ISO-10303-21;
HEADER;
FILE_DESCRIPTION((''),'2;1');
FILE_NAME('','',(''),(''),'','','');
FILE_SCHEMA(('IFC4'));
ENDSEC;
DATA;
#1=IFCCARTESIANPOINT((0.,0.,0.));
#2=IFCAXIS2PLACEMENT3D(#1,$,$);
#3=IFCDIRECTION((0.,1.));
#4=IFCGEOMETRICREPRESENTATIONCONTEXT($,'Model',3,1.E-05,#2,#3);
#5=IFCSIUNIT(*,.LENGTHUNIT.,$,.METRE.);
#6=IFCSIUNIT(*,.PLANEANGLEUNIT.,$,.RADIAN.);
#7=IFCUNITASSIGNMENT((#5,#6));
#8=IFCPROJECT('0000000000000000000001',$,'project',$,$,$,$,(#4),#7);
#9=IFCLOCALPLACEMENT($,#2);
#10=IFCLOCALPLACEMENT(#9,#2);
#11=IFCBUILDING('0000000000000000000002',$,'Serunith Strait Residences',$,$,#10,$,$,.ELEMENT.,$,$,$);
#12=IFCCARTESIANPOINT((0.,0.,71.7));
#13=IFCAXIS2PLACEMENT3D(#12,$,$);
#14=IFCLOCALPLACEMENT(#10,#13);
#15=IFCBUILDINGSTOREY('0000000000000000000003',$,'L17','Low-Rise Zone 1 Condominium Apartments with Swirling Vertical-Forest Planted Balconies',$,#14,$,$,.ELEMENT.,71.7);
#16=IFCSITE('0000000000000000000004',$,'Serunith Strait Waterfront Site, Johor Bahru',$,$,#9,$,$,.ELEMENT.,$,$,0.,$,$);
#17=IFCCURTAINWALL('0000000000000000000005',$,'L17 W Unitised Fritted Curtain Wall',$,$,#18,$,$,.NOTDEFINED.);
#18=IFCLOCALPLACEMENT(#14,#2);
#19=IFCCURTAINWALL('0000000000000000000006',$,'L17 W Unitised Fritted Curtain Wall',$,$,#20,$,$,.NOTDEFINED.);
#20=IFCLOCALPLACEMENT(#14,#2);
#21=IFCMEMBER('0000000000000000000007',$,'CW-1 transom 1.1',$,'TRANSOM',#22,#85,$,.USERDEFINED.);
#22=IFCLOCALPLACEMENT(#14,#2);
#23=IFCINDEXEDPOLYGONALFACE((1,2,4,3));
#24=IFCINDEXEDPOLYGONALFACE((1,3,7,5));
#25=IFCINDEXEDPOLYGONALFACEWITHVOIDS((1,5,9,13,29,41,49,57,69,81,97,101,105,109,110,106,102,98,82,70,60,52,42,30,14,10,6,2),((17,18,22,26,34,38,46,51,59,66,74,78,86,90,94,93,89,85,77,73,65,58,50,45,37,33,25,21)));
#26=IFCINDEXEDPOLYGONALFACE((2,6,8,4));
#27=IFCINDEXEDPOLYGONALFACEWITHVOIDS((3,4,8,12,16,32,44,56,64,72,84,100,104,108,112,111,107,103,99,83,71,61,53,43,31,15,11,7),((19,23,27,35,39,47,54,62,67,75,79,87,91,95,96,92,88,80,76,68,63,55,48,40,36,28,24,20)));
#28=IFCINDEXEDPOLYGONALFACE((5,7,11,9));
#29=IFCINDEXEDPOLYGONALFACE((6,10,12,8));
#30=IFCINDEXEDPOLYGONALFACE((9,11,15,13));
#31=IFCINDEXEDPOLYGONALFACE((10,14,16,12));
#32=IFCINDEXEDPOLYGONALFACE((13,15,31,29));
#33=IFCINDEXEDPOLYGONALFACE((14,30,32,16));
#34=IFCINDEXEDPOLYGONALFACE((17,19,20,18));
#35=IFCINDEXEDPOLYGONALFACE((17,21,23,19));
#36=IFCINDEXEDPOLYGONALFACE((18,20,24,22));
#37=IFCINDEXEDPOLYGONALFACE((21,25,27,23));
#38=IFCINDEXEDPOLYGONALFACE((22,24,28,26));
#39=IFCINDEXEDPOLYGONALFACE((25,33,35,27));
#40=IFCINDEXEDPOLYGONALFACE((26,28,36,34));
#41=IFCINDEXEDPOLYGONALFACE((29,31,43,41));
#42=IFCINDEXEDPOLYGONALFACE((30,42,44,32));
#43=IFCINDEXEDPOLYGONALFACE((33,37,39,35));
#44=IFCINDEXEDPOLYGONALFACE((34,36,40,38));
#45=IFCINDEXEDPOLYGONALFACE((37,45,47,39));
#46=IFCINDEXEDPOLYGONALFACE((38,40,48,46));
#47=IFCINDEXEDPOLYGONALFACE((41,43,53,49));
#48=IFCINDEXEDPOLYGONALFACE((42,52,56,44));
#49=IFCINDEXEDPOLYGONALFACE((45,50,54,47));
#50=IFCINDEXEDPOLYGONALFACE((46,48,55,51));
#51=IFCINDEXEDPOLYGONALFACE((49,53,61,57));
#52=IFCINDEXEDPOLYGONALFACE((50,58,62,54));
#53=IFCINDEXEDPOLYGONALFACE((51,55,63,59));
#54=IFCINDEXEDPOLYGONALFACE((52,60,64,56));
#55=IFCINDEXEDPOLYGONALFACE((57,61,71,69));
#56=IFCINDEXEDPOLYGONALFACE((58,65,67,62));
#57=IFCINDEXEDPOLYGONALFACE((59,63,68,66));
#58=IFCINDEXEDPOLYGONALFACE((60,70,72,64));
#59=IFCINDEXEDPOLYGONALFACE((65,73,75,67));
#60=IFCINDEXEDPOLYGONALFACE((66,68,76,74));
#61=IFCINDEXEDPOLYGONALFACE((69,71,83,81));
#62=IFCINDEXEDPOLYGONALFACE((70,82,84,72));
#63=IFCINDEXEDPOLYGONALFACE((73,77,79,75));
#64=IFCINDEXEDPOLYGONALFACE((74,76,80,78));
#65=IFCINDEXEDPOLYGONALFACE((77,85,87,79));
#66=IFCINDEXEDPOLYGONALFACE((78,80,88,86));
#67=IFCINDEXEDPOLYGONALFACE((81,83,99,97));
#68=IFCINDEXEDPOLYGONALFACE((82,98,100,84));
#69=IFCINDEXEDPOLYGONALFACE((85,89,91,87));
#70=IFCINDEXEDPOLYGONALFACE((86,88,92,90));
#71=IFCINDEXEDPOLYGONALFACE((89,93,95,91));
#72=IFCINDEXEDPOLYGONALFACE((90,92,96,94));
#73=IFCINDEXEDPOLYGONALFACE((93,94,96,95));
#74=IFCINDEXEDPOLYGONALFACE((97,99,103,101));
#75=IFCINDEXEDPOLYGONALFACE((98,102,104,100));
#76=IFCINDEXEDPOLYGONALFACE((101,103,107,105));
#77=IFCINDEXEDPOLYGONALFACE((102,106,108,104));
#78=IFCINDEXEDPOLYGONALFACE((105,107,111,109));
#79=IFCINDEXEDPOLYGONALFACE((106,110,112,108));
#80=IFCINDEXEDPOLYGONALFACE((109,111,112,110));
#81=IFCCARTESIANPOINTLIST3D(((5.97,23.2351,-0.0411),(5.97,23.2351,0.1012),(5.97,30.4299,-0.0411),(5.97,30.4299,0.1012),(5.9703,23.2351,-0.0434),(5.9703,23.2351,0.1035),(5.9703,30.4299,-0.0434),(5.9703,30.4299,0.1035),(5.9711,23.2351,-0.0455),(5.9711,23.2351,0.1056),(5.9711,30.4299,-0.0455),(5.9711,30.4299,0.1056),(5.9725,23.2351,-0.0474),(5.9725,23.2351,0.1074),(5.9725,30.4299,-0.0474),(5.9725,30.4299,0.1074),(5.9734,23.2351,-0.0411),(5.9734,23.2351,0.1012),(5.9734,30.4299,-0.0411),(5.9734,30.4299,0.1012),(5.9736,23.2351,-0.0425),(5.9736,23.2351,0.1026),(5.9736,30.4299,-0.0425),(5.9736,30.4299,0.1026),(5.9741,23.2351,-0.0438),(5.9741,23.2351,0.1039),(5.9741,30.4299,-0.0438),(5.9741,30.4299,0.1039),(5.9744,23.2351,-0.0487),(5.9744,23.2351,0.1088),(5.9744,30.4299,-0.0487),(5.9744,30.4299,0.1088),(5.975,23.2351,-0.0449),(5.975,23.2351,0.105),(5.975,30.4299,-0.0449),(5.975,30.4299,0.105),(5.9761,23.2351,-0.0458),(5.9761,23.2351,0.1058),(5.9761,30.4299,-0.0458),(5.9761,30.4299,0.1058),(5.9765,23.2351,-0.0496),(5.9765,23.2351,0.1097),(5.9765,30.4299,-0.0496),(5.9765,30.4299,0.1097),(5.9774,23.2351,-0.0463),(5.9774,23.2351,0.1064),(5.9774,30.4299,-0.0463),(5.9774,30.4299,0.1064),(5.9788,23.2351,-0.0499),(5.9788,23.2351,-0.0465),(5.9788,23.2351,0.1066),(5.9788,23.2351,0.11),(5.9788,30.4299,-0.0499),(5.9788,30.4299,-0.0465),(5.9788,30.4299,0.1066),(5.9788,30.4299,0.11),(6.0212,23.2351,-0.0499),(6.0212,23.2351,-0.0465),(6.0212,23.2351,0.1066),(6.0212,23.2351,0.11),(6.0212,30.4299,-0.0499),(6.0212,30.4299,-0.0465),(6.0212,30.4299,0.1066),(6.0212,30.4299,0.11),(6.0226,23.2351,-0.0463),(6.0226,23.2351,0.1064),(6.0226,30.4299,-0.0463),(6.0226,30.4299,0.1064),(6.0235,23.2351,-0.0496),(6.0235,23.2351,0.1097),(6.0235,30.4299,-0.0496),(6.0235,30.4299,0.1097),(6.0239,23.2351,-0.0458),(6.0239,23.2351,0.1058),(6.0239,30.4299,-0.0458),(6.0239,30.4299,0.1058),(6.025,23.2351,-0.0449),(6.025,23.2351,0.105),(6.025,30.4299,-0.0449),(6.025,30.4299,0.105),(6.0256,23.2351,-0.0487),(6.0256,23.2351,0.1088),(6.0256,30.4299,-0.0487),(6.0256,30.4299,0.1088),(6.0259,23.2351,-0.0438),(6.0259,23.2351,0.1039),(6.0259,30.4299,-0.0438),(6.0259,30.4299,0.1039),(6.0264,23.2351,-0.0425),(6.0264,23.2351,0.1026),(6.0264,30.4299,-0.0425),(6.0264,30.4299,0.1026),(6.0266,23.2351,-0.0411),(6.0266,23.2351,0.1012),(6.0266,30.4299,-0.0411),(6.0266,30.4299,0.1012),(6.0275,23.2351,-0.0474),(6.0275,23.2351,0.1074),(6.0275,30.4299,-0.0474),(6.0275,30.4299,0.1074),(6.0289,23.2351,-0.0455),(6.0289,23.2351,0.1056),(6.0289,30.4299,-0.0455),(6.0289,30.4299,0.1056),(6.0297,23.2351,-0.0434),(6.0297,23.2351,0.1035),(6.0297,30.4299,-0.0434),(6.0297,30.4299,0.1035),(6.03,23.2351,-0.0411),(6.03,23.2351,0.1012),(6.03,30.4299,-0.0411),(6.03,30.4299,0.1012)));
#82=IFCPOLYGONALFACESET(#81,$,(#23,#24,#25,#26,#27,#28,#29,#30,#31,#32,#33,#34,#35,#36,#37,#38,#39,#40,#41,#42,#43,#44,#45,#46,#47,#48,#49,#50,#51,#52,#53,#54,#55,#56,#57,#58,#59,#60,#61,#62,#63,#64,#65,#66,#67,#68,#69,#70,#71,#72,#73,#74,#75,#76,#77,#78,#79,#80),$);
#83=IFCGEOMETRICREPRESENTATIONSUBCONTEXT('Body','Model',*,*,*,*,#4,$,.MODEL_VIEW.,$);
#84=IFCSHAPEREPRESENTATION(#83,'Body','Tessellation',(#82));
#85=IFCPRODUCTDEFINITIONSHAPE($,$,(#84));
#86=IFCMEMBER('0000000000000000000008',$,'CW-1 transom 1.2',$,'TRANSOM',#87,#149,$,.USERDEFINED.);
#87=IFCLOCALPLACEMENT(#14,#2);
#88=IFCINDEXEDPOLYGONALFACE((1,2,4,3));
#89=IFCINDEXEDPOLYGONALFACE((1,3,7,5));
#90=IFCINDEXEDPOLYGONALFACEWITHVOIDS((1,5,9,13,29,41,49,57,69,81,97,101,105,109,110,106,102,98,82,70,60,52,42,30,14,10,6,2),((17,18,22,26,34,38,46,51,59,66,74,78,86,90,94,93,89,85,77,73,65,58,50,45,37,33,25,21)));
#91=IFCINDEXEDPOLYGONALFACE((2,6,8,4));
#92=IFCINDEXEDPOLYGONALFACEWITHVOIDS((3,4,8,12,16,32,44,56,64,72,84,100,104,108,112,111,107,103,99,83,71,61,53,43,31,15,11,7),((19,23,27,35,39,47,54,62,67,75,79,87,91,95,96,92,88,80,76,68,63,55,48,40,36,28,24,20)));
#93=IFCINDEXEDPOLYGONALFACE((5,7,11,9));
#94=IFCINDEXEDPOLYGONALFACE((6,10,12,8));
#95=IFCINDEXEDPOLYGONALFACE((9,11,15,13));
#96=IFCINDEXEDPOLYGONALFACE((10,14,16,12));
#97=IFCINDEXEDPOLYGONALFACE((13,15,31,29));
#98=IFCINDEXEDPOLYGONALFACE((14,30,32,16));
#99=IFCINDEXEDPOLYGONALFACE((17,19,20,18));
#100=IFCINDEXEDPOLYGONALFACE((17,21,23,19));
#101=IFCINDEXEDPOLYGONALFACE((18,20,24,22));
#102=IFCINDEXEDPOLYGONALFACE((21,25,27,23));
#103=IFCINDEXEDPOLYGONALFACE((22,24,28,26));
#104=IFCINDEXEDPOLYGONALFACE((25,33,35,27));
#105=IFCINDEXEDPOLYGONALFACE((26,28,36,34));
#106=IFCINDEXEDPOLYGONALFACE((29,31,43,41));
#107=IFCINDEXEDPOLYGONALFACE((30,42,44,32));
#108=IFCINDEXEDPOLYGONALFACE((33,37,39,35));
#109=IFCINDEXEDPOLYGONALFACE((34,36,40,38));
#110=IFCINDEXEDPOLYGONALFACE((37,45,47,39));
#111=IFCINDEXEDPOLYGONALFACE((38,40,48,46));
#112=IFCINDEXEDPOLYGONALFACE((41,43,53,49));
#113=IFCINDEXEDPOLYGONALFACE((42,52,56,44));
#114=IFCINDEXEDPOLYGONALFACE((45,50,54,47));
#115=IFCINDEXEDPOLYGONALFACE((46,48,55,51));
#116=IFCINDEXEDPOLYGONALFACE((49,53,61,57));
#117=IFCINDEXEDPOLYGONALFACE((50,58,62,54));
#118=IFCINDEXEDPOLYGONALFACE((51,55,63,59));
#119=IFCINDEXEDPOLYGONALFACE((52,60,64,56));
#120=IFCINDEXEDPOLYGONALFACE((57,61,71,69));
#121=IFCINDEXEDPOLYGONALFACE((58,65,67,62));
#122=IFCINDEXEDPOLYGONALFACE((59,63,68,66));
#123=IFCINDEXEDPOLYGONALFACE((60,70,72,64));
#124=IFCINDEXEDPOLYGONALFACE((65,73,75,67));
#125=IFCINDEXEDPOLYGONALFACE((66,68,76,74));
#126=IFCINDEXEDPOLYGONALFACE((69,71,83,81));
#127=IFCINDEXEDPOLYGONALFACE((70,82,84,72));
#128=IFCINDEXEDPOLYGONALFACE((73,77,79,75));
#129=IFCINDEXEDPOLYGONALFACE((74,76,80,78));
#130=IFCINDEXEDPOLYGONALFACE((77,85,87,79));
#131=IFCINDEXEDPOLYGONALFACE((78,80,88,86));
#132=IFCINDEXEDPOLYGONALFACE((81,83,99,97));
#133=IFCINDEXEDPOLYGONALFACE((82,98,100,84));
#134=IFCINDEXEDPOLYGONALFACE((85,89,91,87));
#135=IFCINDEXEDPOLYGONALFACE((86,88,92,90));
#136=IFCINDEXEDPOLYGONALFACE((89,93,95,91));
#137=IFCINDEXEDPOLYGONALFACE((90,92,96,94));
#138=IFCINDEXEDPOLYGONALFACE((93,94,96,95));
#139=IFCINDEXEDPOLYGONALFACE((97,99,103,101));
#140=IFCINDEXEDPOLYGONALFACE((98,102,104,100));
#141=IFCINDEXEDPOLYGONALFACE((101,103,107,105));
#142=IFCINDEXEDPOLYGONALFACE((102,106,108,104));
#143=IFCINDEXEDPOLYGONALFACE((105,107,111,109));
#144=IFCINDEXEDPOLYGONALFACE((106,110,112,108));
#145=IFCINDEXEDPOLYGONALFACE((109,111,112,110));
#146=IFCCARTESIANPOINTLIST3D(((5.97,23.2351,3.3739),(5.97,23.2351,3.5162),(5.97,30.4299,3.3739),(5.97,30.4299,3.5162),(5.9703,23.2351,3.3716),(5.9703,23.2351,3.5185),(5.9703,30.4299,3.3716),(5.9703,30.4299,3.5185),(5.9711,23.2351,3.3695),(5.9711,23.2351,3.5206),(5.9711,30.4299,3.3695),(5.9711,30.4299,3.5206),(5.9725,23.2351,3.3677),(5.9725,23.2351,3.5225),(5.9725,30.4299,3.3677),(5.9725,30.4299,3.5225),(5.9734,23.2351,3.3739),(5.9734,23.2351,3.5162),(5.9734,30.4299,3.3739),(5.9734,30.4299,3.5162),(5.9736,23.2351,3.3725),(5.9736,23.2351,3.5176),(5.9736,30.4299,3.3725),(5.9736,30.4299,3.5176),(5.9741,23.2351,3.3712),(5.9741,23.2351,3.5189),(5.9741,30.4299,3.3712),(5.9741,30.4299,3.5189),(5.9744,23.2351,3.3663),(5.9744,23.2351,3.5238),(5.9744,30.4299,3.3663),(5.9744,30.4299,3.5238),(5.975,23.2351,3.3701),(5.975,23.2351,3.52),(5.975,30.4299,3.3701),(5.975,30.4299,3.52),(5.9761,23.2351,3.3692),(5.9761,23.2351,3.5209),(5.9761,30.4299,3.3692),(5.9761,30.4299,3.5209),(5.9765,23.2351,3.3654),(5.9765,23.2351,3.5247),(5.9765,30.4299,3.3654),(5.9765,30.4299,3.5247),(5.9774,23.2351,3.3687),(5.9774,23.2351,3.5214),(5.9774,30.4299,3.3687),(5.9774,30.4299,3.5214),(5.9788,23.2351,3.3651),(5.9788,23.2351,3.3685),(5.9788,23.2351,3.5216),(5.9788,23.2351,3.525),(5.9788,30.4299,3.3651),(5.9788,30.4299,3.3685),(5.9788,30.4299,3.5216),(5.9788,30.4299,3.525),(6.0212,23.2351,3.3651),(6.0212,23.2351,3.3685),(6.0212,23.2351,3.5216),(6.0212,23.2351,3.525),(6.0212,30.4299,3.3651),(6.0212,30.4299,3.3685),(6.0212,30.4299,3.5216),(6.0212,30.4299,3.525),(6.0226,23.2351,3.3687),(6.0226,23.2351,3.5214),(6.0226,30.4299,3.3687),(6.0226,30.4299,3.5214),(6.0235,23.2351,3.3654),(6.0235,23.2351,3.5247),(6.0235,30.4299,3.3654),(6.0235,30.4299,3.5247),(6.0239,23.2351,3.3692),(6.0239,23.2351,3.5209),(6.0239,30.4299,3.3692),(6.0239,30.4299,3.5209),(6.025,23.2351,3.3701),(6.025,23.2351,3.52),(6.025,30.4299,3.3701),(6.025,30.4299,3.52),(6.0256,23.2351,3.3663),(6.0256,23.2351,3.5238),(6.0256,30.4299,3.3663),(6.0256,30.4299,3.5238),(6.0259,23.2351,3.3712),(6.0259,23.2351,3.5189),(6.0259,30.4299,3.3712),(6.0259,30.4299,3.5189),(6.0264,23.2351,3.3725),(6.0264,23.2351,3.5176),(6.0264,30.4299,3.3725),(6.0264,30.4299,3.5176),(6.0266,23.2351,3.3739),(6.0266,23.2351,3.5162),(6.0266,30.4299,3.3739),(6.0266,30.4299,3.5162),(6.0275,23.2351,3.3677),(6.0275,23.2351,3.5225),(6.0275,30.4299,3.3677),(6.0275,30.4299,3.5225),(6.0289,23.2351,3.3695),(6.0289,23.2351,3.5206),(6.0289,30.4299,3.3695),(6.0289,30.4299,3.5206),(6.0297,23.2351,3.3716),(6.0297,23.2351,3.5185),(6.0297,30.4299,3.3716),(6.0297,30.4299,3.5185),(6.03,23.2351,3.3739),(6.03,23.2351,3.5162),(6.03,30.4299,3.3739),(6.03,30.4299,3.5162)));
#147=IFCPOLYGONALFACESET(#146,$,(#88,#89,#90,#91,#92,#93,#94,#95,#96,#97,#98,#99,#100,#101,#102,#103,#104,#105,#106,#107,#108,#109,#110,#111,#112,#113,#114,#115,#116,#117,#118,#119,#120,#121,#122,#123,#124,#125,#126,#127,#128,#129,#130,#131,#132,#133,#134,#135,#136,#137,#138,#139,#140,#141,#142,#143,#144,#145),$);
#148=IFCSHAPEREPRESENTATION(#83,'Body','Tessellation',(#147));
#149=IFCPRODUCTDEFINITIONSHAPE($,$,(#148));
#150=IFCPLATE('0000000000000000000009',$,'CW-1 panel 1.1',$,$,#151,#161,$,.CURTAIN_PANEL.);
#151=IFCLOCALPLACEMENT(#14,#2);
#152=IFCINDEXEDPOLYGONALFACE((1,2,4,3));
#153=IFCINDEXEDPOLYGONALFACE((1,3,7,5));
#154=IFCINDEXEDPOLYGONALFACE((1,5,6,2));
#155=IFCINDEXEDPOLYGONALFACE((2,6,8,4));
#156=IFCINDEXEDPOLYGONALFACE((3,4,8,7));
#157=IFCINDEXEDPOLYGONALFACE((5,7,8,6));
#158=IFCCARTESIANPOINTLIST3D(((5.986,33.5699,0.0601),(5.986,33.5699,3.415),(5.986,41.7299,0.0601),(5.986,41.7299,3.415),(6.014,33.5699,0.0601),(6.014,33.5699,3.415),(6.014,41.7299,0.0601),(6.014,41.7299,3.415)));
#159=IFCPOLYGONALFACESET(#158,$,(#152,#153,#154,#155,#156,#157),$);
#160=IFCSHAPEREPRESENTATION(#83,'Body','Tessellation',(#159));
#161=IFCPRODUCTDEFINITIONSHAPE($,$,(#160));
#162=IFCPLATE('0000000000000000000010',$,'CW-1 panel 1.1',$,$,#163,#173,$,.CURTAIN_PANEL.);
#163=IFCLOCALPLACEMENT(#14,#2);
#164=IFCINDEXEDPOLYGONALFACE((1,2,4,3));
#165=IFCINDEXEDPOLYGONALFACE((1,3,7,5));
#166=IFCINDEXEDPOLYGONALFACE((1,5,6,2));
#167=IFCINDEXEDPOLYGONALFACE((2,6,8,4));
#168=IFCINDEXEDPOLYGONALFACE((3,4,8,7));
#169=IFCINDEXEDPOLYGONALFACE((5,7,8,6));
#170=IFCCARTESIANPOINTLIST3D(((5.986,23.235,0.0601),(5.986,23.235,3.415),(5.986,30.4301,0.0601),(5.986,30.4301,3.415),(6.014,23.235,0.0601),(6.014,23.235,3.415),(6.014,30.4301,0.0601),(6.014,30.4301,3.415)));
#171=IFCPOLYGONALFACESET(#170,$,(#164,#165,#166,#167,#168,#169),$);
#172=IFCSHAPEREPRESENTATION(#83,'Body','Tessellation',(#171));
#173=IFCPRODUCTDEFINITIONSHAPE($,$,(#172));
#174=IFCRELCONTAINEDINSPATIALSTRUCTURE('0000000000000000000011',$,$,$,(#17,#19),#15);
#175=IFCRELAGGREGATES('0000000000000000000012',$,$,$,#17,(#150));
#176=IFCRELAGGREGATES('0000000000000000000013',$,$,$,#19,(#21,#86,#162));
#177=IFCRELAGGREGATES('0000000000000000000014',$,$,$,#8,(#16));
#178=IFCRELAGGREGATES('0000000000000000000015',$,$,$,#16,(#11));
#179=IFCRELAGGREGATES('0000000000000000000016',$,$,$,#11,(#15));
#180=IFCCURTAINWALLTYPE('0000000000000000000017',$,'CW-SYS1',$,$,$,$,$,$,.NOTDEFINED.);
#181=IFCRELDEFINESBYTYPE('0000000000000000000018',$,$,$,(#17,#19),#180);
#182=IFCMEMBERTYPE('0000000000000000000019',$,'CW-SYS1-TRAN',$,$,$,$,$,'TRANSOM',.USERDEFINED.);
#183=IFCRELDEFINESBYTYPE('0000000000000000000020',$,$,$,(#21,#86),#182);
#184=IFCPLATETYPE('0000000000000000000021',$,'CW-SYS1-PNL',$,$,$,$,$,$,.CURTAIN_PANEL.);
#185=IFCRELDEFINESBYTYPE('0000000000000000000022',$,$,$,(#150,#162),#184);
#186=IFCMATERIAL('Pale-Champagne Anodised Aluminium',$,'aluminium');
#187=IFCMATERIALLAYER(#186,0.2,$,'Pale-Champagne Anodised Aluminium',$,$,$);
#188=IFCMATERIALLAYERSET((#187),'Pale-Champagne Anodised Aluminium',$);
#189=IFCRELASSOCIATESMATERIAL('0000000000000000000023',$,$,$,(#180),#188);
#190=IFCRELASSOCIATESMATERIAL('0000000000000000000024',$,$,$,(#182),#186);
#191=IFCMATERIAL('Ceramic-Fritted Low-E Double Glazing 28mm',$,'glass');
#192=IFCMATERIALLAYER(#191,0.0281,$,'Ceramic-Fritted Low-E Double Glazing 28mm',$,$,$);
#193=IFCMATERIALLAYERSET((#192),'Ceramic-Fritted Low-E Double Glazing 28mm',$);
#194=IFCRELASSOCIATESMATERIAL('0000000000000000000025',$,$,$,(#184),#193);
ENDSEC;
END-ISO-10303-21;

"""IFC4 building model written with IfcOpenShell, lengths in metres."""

from ifc_helpers import new_model, si_unit, direction, frame, origin, origin_2d, place, context, subcontext, project, spatial, rectangle, hollow_rectangle, extrude, source, transform, mapped, material, layer, layer_set, material_profile, profile_set, type_object, element, aggregate, save


model = new_model("IFC4")

# Units and contexts
model_context = context("Model", 3, precision=1e-05, world=origin(), true_north=direction((0.0, 1.0)))
body_context = subcontext(model_context, "Body", "Model", "MODEL_VIEW")
ifc_project = project(units=[si_unit("LENGTHUNIT", "METRE"), si_unit("PLANEANGLEUNIT", "RADIAN")], contexts=[model_context])

# Site, building, storey
site_placement = place(None, origin())
site = spatial("IfcSite", under=ifc_project, at=site_placement, Name="Serunith Strait Waterfront Site, Johor Bahru", CompositionType="ELEMENT", RefElevation=0.0)
building_placement = place(site_placement, origin())
building = spatial("IfcBuilding", under=site, at=building_placement, Name="Serunith Strait Residences", CompositionType="ELEMENT")
storey_placement = place(building_placement, frame((0.0, 0.0, 71.7)))
storey = spatial("IfcBuildingStorey", under=building, at=storey_placement, Name="L17", Description="Low-Rise Zone 1 Condominium Apartments with Swirling Vertical-Forest Planted Balconies", CompositionType="ELEMENT", Elevation=71.7)

# Curtain wall
ifc_material_1 = material(Name="Pale-Champagne Anodised Aluminium", Category="aluminium")
ifc_layer_1 = layer(ifc_material_1, 0.2, Name="Pale-Champagne Anodised Aluminium")
ifc_layer_set_1 = layer_set([ifc_layer_1], Name="Pale-Champagne Anodised Aluminium")
curtain_wall_type = type_object("IfcCurtainWallType", Name="CW-SYS1", PredefinedType="NOTDEFINED", material=ifc_layer_set_1)
curtain_wall_1_placement = place(storey_placement, origin())
curtain_wall_1 = element("IfcCurtainWall", 1, at=curtain_wall_1_placement, inside=storey, type_object=curtain_wall_type, Name="L17 W Unitised Fritted Curtain Wall", PredefinedType="NOTDEFINED")

# Curtain wall, members
curtain_wall_2_placement = place(storey_placement, origin())
curtain_wall_2 = element("IfcCurtainWall", 2, at=curtain_wall_2_placement, inside=storey, type_object=curtain_wall_type, Name="L17 W Unitised Fritted Curtain Wall", PredefinedType="NOTDEFINED")
ifc_material_profile_1 = material_profile(ifc_material_1, hollow_rectangle(XDim=0.0601, YDim=0.1599, WallThickness=0.0034, InnerFilletRadius=0.0054, OuterFilletRadius=0.0088, at=origin_2d()), Name="ALU 160x60x3.5")
ifc_profile_set_1 = profile_set([ifc_material_profile_1], Name="Pale-Champagne Anodised Aluminium")
member_type_1 = type_object("IfcMemberType", Name="CW-SYS1-TRAN", ElementType="TRANSOM", PredefinedType="USERDEFINED", material=ifc_profile_set_1)
shared_shape_1 = source(origin(), body_context, "Body", "SweptSolid", [
    extrude(hollow_rectangle(XDim=0.0601, YDim=0.1599, WallThickness=0.0034, InnerFilletRadius=0.0054, OuterFilletRadius=0.0088, at=origin_2d()), origin(), (0.0, 0.0, 1.0), 7.1948),
])
member_1_placement = place(storey_placement, frame((6.0, 30.4299, 0.03), z_axis=(0.0, -1.0, 0.0), x_axis=(1.0, 0.0, 0.0)))
member_1 = element("IfcMember", 3, at=member_1_placement, type_object=member_type_1, Name="CW-1 transom 1.1", ObjectType="TRANSOM", PredefinedType="USERDEFINED", context=body_context, shape_type="MappedRepresentation", body=[
    mapped(shared_shape_1, transform((0.0, 0.0, 0.0), scale=1.0)),
])
member_2_placement = place(storey_placement, frame((6.0, 30.4299, 3.4451), z_axis=(0.0, -1.0, 0.0), x_axis=(1.0, 0.0, 0.0)))
member_2 = element("IfcMember", 4, at=member_2_placement, type_object=member_type_1, Name="CW-1 transom 1.2", ObjectType="TRANSOM", PredefinedType="USERDEFINED", context=body_context, shape_type="MappedRepresentation", body=[
    mapped(shared_shape_1, transform((0.0, 0.0, 0.0), scale=1.0)),
])

# Plates
ifc_material_2 = material(Name="Ceramic-Fritted Low-E Double Glazing 28mm", Category="glass")
ifc_layer_2 = layer(ifc_material_2, 0.0281, Name="Ceramic-Fritted Low-E Double Glazing 28mm")
ifc_layer_set_2 = layer_set([ifc_layer_2], Name="Ceramic-Fritted Low-E Double Glazing 28mm")
plate_type = type_object("IfcPlateType", Name="CW-SYS1-PNL", PredefinedType="CURTAIN_PANEL", material=ifc_layer_set_2)
shared_shape_2 = source(origin(), body_context, "Body", "SweptSolid", [
    extrude(rectangle(XDim=8.1599, YDim=0.0281, at=origin_2d()), origin(), (0.0, 0.0, 1.0), 3.355),
])
plate_1_placement = place(storey_placement, frame((6.0, 37.6499, 0.0601), z_axis=(0.0, 0.0, 1.0), x_axis=(0.0, -1.0, 0.0)))
plate_1 = element("IfcPlate", 5, at=plate_1_placement, type_object=plate_type, Name="CW-1 panel 1.1", PredefinedType="CURTAIN_PANEL", context=body_context, shape_type="MappedRepresentation", body=[
    mapped(shared_shape_2, transform((0.0, 0.0, 0.0), scale=1.0)),
])
aggregate(curtain_wall_1, [plate_1])
shared_shape_3 = source(origin(), body_context, "Body", "SweptSolid", [
    extrude(rectangle(XDim=7.1951, YDim=0.0281, at=origin_2d()), origin(), (0.0, 0.0, 1.0), 3.355),
])
plate_2_placement = place(storey_placement, frame((6.0, 26.8325, 0.0601), z_axis=(0.0, 0.0, 1.0), x_axis=(0.0, -1.0, 0.0)))
plate_2 = element("IfcPlate", 6, at=plate_2_placement, type_object=plate_type, Name="CW-1 panel 1.1", PredefinedType="CURTAIN_PANEL", context=body_context, shape_type="MappedRepresentation", body=[
    mapped(shared_shape_3, transform((0.0, 0.0, 0.0), scale=1.0)),
])
aggregate(curtain_wall_2, [member_1, member_2, plate_2])

save(model, "model.ifc")
